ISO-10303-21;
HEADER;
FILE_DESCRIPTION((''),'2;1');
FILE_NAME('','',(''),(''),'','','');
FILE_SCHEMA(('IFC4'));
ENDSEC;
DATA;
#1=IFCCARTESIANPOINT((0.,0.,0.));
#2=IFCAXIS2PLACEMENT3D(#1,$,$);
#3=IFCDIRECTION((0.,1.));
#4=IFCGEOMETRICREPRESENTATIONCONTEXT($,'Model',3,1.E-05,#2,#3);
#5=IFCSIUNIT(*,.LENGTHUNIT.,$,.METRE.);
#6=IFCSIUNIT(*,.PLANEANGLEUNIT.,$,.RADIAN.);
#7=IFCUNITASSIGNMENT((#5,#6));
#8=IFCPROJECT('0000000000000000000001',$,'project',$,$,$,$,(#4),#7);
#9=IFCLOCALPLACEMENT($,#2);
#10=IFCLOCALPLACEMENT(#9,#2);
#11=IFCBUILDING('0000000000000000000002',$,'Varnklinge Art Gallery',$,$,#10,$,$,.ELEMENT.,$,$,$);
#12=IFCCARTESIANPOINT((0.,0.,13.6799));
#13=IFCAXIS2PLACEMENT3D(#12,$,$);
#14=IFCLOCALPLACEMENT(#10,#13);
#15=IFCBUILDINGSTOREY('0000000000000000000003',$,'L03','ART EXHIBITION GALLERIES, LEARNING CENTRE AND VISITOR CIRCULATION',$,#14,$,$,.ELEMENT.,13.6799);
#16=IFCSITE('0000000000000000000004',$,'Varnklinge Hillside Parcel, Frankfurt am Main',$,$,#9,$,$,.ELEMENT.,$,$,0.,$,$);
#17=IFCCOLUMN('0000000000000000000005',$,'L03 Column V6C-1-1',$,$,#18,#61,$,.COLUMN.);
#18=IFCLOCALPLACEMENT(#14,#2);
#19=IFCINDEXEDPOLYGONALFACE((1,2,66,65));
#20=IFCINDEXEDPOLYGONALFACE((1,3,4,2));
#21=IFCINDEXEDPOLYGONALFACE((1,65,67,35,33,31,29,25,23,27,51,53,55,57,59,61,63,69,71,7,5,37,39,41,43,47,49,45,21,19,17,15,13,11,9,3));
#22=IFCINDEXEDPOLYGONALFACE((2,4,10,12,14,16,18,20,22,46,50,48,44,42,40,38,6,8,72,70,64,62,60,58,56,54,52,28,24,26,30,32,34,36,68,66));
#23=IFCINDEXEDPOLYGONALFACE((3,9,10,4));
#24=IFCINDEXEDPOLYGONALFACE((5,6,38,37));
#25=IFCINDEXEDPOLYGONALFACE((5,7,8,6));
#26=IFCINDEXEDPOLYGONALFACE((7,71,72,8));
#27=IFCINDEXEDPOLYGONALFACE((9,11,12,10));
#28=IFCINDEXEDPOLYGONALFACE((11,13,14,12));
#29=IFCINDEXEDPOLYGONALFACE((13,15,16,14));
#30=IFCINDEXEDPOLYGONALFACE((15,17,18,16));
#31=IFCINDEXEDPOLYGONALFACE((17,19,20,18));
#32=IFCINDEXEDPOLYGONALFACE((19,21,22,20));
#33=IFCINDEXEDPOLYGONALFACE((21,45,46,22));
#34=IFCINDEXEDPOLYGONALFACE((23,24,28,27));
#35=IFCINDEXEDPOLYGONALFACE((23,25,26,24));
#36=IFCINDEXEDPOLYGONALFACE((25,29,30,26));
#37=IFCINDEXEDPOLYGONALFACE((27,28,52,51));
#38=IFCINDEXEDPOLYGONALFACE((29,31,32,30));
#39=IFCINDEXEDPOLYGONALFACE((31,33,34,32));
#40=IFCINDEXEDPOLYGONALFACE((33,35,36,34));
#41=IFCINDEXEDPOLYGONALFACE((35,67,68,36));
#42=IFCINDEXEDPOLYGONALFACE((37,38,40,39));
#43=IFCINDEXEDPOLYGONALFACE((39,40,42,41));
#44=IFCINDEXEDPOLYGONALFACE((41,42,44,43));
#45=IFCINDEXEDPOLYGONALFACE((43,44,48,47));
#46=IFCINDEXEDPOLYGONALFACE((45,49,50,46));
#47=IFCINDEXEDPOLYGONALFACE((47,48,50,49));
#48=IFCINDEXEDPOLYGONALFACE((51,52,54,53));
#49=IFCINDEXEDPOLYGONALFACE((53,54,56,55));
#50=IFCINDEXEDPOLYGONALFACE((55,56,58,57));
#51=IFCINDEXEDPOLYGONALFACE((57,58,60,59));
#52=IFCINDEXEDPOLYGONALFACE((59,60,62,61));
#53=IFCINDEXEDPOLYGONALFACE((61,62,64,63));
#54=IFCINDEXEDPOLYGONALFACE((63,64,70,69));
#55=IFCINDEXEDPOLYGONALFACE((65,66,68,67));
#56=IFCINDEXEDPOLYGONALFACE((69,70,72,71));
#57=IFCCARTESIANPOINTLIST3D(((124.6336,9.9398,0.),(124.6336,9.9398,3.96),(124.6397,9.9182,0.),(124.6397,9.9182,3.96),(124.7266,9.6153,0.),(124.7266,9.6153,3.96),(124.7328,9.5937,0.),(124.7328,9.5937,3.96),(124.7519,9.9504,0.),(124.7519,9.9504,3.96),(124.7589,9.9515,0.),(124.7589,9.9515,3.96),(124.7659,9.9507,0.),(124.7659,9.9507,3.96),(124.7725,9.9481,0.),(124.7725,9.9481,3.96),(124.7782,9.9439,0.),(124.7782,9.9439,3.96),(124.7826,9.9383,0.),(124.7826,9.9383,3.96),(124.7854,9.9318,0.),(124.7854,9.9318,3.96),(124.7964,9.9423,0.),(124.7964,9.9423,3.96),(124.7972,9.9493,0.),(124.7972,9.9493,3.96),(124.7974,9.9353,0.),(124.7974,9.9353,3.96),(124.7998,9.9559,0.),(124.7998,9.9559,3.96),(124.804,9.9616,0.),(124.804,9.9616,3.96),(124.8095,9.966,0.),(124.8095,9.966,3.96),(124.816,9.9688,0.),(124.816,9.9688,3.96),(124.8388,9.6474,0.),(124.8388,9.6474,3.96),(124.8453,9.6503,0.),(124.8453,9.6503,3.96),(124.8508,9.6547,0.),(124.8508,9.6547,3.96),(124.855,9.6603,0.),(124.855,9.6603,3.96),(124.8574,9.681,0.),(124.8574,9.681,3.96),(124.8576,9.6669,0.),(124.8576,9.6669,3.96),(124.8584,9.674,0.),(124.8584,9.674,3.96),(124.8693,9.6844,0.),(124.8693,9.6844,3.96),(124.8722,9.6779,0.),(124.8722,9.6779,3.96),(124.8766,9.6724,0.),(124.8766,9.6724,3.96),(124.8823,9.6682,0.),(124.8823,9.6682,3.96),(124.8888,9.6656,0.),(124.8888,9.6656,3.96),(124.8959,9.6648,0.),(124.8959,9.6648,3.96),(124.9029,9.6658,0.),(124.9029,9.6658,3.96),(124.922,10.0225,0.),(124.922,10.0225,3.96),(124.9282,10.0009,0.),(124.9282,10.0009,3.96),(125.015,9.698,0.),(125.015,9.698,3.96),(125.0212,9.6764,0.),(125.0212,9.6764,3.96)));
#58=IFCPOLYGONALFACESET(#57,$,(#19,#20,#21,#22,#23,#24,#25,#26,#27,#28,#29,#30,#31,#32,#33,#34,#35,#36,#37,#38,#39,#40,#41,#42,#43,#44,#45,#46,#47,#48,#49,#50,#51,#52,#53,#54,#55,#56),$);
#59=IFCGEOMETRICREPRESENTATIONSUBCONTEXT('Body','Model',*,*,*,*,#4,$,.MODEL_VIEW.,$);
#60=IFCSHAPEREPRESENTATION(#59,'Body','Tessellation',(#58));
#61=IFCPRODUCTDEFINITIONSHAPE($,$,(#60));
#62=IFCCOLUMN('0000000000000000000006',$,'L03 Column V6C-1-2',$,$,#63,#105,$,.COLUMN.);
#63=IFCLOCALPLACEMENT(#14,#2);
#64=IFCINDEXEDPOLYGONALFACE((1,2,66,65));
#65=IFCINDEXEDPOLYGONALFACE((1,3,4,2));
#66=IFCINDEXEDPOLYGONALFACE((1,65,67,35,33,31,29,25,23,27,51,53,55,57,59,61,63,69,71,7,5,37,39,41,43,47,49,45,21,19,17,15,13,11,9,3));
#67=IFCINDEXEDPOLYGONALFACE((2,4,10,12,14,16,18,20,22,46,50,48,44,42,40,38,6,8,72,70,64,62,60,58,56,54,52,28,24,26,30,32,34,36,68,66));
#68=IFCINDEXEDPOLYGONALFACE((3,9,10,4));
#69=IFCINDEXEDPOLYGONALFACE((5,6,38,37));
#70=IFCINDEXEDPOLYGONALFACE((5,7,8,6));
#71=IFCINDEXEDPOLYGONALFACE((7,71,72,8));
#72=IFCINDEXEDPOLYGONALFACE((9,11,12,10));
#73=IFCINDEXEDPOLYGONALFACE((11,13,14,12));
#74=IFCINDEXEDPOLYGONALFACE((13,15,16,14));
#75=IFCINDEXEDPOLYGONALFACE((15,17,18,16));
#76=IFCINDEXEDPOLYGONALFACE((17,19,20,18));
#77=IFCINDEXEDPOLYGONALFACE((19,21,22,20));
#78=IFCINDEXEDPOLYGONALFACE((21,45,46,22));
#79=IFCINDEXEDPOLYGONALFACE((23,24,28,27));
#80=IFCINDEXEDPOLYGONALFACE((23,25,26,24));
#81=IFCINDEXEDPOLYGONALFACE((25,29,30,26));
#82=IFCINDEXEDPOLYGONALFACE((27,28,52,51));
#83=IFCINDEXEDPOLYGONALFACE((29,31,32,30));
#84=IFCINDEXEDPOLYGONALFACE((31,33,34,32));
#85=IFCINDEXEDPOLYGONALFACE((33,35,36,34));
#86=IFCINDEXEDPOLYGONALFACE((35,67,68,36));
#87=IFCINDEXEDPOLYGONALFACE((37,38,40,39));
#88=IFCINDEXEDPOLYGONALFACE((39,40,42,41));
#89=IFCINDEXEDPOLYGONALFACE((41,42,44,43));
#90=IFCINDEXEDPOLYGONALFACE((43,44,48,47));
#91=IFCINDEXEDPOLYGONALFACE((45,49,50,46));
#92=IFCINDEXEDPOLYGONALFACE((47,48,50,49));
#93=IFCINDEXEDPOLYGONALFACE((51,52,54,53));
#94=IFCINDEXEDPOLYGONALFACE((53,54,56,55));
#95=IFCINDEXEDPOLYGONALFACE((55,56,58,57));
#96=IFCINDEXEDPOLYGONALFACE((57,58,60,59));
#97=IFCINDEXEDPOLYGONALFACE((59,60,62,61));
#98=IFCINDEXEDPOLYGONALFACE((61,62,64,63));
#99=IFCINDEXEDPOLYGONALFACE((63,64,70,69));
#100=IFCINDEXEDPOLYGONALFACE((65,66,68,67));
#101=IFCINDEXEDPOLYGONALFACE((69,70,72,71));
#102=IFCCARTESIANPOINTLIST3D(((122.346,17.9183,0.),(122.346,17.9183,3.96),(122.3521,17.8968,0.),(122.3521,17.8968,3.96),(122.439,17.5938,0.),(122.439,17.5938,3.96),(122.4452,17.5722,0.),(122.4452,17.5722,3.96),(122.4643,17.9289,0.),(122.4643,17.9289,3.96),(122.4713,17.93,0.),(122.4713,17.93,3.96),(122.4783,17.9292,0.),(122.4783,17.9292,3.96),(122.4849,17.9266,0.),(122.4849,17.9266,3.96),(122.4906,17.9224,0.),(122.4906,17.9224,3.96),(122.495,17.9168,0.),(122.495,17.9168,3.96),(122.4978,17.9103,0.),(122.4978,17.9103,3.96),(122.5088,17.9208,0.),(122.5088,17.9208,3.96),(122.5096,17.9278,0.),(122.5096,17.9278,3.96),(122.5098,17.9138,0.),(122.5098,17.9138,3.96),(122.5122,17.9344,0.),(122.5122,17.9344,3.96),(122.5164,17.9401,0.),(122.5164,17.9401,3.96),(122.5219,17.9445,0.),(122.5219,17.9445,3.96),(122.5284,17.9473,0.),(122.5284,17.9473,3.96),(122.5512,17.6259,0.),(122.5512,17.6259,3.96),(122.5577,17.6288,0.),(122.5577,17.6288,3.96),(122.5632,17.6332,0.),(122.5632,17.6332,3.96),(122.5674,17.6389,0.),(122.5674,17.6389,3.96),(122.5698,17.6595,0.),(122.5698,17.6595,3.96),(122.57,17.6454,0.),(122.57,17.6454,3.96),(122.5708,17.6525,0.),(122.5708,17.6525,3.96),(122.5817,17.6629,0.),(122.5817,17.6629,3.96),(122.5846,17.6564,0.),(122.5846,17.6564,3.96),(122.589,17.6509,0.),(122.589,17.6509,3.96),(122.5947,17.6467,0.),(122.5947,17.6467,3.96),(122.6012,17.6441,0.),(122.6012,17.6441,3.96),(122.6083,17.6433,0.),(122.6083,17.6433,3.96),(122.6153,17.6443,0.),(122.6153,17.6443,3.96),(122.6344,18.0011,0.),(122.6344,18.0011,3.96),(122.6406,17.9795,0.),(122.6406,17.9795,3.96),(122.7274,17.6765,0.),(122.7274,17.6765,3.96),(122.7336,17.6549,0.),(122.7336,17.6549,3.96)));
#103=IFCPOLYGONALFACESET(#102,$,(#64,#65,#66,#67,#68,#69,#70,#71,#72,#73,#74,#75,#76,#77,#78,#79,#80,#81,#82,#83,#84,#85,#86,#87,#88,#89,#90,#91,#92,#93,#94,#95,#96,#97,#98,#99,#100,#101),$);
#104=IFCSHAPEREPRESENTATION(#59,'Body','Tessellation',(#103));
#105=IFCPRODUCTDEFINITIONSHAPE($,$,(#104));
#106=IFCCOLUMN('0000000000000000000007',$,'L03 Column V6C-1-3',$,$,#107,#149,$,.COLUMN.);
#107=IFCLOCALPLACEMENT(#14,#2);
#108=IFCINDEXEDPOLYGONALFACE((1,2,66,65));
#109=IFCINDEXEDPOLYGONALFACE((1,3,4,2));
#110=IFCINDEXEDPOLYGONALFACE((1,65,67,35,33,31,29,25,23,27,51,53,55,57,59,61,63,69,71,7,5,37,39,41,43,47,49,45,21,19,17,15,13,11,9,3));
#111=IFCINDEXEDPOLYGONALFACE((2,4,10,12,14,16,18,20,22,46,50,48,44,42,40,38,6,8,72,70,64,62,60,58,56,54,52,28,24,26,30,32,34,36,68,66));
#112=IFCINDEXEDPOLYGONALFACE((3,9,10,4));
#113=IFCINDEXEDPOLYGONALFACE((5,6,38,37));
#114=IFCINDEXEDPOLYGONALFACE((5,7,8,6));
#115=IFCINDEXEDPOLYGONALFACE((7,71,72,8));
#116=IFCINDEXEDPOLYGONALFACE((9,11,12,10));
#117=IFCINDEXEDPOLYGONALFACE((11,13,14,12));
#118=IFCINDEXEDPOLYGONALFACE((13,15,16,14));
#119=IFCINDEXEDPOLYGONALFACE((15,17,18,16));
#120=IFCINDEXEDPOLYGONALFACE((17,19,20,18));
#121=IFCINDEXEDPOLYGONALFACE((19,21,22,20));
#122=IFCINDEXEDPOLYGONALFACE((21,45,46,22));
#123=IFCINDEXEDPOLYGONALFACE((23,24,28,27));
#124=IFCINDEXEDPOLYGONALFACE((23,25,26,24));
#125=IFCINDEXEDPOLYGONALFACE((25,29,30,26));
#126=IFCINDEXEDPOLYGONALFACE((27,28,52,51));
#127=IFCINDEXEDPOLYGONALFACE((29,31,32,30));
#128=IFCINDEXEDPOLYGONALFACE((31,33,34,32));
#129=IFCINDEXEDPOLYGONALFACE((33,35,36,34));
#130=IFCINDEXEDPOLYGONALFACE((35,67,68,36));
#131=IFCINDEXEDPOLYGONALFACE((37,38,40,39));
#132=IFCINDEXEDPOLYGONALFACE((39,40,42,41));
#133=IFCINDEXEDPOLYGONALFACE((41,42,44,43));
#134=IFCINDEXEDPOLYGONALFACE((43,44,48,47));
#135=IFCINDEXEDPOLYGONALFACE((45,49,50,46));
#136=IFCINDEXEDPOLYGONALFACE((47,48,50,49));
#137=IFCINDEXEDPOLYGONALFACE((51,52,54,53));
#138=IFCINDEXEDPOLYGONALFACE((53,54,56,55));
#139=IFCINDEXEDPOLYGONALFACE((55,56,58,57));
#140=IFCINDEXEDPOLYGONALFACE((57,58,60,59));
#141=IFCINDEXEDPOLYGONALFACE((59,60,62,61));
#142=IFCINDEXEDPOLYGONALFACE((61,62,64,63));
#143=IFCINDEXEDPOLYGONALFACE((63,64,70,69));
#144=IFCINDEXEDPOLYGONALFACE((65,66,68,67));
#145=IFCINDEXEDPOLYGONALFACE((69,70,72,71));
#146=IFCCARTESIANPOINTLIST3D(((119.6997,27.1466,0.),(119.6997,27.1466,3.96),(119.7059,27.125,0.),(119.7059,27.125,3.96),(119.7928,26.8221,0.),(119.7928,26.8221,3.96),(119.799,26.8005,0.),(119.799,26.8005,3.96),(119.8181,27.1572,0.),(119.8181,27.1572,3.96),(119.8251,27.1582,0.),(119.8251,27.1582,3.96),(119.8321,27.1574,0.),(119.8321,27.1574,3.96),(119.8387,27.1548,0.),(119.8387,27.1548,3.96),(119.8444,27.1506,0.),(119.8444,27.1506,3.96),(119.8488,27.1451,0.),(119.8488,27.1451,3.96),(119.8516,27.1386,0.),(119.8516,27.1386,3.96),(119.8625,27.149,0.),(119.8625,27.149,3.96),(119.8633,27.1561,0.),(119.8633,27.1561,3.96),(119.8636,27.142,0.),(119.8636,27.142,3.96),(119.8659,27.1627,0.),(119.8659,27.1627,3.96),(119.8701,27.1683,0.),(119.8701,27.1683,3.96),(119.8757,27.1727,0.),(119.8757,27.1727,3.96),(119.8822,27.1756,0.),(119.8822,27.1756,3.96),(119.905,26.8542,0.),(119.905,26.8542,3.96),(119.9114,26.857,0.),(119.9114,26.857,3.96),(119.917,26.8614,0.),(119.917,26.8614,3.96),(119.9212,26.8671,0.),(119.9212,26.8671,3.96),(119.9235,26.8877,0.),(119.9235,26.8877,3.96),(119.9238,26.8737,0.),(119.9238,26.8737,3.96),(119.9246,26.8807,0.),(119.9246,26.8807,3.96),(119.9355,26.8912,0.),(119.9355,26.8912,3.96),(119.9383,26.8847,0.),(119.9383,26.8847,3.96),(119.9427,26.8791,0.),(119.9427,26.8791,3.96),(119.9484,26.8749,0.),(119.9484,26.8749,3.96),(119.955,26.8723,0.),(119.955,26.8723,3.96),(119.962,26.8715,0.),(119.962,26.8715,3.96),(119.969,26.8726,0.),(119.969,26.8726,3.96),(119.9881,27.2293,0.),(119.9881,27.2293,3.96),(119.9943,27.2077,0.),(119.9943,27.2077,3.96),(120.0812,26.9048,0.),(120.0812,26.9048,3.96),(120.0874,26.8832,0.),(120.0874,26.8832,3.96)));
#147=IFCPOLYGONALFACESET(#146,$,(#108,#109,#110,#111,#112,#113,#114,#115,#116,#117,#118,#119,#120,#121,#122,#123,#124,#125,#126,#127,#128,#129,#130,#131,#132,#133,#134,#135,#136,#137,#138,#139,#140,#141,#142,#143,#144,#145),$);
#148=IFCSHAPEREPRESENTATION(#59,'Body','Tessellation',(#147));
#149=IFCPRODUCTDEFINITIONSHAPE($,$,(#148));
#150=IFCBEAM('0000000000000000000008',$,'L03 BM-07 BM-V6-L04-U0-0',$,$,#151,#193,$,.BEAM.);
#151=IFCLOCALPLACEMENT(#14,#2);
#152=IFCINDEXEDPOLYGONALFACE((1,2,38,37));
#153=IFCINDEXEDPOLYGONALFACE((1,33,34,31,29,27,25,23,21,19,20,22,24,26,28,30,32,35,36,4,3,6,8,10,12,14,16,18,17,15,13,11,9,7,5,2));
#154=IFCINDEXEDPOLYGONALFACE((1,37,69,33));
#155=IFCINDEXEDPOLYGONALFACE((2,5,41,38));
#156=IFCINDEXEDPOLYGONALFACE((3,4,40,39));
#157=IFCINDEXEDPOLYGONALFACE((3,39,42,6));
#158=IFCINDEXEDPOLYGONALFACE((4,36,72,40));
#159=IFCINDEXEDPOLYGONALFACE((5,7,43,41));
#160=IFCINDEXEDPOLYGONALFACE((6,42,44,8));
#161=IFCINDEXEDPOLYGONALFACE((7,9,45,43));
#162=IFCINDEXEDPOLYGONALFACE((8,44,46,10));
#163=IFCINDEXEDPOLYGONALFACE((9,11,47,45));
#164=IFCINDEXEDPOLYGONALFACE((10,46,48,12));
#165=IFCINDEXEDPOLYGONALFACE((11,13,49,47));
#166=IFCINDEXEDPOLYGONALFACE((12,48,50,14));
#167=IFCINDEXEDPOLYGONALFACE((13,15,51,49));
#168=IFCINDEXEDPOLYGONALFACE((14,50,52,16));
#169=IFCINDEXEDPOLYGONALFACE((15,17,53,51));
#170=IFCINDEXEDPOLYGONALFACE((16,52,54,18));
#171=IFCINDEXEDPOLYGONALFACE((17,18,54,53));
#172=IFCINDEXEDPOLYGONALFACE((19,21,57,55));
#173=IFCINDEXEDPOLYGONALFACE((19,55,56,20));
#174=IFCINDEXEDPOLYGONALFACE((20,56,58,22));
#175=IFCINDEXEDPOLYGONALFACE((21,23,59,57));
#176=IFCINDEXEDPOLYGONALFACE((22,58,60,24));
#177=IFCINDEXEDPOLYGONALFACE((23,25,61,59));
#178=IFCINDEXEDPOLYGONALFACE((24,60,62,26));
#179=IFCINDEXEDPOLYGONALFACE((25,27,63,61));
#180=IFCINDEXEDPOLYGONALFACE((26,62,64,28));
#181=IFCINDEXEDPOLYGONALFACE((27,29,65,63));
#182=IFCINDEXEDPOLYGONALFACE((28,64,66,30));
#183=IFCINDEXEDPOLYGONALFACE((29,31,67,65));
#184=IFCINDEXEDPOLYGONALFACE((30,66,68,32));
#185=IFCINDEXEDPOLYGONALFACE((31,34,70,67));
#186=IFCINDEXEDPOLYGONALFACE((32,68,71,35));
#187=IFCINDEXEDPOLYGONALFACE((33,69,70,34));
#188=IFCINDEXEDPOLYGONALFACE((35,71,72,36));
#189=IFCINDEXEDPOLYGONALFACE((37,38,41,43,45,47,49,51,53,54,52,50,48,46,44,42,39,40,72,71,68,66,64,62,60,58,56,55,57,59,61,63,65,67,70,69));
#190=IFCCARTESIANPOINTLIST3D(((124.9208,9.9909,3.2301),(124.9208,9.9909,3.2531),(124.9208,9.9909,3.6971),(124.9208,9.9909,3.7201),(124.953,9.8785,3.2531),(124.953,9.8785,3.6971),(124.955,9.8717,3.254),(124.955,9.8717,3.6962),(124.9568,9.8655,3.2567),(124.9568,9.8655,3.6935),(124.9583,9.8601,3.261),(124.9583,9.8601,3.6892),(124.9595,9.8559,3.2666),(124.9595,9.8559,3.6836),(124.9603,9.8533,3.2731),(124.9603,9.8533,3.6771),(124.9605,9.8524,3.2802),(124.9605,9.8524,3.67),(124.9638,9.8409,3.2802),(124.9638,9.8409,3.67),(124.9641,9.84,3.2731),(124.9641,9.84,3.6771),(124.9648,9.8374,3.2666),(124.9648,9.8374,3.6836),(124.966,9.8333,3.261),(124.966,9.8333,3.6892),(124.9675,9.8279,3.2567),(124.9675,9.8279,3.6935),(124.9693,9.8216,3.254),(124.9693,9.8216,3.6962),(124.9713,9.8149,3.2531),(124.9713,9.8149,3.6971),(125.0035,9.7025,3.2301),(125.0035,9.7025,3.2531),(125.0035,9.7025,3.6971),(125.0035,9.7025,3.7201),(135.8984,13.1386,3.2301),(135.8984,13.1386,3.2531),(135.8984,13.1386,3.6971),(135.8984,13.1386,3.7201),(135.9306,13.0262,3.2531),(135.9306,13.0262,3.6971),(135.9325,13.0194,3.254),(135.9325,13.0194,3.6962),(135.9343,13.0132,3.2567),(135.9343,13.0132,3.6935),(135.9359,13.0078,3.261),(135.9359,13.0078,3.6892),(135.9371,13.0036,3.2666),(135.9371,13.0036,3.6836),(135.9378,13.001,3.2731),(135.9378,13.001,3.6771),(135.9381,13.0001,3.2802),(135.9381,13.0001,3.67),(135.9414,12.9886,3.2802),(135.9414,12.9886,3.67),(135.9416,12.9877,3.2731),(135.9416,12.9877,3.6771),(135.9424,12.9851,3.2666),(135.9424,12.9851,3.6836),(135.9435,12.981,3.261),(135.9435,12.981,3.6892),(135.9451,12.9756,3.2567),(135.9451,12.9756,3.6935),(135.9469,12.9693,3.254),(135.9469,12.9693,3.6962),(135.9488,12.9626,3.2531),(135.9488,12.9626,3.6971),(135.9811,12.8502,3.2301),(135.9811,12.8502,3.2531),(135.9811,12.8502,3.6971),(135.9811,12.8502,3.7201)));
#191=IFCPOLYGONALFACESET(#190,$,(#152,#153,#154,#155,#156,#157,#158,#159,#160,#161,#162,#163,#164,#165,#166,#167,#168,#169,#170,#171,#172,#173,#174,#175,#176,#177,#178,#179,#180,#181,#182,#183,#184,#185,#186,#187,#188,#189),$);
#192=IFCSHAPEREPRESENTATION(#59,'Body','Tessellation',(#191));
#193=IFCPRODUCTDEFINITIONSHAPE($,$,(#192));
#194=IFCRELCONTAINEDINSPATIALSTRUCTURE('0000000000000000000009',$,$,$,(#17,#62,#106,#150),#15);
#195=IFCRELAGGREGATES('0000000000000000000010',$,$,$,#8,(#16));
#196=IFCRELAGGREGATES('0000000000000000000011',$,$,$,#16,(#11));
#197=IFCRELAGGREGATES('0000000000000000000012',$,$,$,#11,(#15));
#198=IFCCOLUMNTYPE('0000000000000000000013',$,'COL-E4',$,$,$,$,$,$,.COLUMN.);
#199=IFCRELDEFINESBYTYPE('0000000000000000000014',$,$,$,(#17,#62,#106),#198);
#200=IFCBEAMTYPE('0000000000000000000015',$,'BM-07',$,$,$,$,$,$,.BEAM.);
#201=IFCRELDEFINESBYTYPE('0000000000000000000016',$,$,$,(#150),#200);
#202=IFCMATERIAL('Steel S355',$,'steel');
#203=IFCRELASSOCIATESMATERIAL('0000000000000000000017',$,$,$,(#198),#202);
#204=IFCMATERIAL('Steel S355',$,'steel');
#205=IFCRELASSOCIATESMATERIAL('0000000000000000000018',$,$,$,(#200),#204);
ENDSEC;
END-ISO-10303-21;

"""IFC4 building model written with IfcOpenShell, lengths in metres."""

from ifc_helpers import new_model, si_unit, direction, frame, origin, origin_2d, place, context, subcontext, project, spatial, i_section, extrude, material, material_profile, profile_set, type_object, element, save


model = new_model("IFC4")

# Units and contexts
model_context = context("Model", 3, precision=1e-05, world=origin(), true_north=direction((0.0, 1.0)))
body_context = subcontext(model_context, "Body", "Model", "MODEL_VIEW")
ifc_project = project(units=[si_unit("LENGTHUNIT", "METRE"), si_unit("PLANEANGLEUNIT", "RADIAN")], contexts=[model_context])

# Site, building, storey
site_placement = place(None, origin())
site = spatial("IfcSite", under=ifc_project, at=site_placement, Name="Varnklinge Hillside Parcel, Frankfurt am Main", CompositionType="ELEMENT", RefElevation=0.0)
building_placement = place(site_placement, origin())
building = spatial("IfcBuilding", under=site, at=building_placement, Name="Varnklinge Art Gallery", CompositionType="ELEMENT")
storey_placement = place(building_placement, frame((0.0, 0.0, 13.6799)))
storey = spatial("IfcBuildingStorey", under=building, at=storey_placement, Name="L03", Description="ART EXHIBITION GALLERIES, LEARNING CENTRE AND VISITOR CIRCULATION", CompositionType="ELEMENT", Elevation=13.6799)

# Columns
ifc_material_1 = material(Name="Steel S355", Category="steel")
ifc_material_profile_1 = material_profile(ifc_material_1, i_section(OverallWidth=0.3, OverallDepth=0.3601, WebThickness=0.0125, FlangeThickness=0.0225, FilletRadius=0.0271, at=origin_2d()), Name="HEB 360")
ifc_profile_set_1 = profile_set([ifc_material_profile_1], Name="Steel S355")
column_type = type_object("IfcColumnType", Name="COL-E4", PredefinedType="COLUMN", material=ifc_profile_set_1)
for number, where, z_axis, x_axis, name in (
    (1, (124.8274, 9.8081, 0.0), (0.0, 0.0, 1.0), (0.961262, 0.275637, 0.0), "L03 Column V6C-1-1"),
    (2, (122.5398, 17.7866, 0.0), (0.0, 0.0, 1.0), (0.961262, 0.275637, 0.0), "L03 Column V6C-1-2"),
    (3, (119.8936, 27.0149, 0.0), (0.0, 0.0, 1.0), (0.961262, 0.275637, 0.0), "L03 Column V6C-1-3"),
):
    element("IfcColumn", number, at=place(storey_placement, frame(where, z_axis=z_axis, x_axis=x_axis)), inside=storey, type_object=column_type, Name=name, PredefinedType="COLUMN", context=body_context, shape_type="SweptSolid", body=[
        extrude(i_section(OverallWidth=0.3, OverallDepth=0.3601, WebThickness=0.0125, FlangeThickness=0.0225, FilletRadius=0.0271, at=origin_2d()), origin(), (0.0, 0.0, 1.0), 3.96),
    ])

# Beam
ifc_material_2 = material(Name="Steel S355", Category="steel")
ifc_material_profile_2 = material_profile(ifc_material_2, i_section(OverallWidth=0.3, OverallDepth=0.49, WebThickness=0.012, FlangeThickness=0.0229, FilletRadius=0.0271, at=origin_2d()), Name="HEA 500")
ifc_profile_set_2 = profile_set([ifc_material_profile_2], Name="Steel S355")
beam_type_1 = type_object("IfcBeamType", Name="BM-07", PredefinedType="BEAM", material=ifc_profile_set_2)
for number, where, z_axis, x_axis, name in (
    (4, (124.9622, 9.8467, 3.4751), (0.961263, 0.275633, 0.0), (-0.275633, 0.961263, 0.0), "L03 BM-07 BM-V6-L04-U0-0"),
):
    element("IfcBeam", number, at=place(storey_placement, frame(where, z_axis=z_axis, x_axis=x_axis)), inside=storey, type_object=beam_type_1, Name=name, PredefinedType="BEAM", context=body_context, shape_type="SweptSolid", body=[
        extrude(i_section(OverallWidth=0.3, OverallDepth=0.49, WebThickness=0.012, FlangeThickness=0.0229, FilletRadius=0.0271, at=origin_2d()), origin(), (0.0, 0.0, 1.0), 11.4199),
    ])

save(model, "model.ifc")
